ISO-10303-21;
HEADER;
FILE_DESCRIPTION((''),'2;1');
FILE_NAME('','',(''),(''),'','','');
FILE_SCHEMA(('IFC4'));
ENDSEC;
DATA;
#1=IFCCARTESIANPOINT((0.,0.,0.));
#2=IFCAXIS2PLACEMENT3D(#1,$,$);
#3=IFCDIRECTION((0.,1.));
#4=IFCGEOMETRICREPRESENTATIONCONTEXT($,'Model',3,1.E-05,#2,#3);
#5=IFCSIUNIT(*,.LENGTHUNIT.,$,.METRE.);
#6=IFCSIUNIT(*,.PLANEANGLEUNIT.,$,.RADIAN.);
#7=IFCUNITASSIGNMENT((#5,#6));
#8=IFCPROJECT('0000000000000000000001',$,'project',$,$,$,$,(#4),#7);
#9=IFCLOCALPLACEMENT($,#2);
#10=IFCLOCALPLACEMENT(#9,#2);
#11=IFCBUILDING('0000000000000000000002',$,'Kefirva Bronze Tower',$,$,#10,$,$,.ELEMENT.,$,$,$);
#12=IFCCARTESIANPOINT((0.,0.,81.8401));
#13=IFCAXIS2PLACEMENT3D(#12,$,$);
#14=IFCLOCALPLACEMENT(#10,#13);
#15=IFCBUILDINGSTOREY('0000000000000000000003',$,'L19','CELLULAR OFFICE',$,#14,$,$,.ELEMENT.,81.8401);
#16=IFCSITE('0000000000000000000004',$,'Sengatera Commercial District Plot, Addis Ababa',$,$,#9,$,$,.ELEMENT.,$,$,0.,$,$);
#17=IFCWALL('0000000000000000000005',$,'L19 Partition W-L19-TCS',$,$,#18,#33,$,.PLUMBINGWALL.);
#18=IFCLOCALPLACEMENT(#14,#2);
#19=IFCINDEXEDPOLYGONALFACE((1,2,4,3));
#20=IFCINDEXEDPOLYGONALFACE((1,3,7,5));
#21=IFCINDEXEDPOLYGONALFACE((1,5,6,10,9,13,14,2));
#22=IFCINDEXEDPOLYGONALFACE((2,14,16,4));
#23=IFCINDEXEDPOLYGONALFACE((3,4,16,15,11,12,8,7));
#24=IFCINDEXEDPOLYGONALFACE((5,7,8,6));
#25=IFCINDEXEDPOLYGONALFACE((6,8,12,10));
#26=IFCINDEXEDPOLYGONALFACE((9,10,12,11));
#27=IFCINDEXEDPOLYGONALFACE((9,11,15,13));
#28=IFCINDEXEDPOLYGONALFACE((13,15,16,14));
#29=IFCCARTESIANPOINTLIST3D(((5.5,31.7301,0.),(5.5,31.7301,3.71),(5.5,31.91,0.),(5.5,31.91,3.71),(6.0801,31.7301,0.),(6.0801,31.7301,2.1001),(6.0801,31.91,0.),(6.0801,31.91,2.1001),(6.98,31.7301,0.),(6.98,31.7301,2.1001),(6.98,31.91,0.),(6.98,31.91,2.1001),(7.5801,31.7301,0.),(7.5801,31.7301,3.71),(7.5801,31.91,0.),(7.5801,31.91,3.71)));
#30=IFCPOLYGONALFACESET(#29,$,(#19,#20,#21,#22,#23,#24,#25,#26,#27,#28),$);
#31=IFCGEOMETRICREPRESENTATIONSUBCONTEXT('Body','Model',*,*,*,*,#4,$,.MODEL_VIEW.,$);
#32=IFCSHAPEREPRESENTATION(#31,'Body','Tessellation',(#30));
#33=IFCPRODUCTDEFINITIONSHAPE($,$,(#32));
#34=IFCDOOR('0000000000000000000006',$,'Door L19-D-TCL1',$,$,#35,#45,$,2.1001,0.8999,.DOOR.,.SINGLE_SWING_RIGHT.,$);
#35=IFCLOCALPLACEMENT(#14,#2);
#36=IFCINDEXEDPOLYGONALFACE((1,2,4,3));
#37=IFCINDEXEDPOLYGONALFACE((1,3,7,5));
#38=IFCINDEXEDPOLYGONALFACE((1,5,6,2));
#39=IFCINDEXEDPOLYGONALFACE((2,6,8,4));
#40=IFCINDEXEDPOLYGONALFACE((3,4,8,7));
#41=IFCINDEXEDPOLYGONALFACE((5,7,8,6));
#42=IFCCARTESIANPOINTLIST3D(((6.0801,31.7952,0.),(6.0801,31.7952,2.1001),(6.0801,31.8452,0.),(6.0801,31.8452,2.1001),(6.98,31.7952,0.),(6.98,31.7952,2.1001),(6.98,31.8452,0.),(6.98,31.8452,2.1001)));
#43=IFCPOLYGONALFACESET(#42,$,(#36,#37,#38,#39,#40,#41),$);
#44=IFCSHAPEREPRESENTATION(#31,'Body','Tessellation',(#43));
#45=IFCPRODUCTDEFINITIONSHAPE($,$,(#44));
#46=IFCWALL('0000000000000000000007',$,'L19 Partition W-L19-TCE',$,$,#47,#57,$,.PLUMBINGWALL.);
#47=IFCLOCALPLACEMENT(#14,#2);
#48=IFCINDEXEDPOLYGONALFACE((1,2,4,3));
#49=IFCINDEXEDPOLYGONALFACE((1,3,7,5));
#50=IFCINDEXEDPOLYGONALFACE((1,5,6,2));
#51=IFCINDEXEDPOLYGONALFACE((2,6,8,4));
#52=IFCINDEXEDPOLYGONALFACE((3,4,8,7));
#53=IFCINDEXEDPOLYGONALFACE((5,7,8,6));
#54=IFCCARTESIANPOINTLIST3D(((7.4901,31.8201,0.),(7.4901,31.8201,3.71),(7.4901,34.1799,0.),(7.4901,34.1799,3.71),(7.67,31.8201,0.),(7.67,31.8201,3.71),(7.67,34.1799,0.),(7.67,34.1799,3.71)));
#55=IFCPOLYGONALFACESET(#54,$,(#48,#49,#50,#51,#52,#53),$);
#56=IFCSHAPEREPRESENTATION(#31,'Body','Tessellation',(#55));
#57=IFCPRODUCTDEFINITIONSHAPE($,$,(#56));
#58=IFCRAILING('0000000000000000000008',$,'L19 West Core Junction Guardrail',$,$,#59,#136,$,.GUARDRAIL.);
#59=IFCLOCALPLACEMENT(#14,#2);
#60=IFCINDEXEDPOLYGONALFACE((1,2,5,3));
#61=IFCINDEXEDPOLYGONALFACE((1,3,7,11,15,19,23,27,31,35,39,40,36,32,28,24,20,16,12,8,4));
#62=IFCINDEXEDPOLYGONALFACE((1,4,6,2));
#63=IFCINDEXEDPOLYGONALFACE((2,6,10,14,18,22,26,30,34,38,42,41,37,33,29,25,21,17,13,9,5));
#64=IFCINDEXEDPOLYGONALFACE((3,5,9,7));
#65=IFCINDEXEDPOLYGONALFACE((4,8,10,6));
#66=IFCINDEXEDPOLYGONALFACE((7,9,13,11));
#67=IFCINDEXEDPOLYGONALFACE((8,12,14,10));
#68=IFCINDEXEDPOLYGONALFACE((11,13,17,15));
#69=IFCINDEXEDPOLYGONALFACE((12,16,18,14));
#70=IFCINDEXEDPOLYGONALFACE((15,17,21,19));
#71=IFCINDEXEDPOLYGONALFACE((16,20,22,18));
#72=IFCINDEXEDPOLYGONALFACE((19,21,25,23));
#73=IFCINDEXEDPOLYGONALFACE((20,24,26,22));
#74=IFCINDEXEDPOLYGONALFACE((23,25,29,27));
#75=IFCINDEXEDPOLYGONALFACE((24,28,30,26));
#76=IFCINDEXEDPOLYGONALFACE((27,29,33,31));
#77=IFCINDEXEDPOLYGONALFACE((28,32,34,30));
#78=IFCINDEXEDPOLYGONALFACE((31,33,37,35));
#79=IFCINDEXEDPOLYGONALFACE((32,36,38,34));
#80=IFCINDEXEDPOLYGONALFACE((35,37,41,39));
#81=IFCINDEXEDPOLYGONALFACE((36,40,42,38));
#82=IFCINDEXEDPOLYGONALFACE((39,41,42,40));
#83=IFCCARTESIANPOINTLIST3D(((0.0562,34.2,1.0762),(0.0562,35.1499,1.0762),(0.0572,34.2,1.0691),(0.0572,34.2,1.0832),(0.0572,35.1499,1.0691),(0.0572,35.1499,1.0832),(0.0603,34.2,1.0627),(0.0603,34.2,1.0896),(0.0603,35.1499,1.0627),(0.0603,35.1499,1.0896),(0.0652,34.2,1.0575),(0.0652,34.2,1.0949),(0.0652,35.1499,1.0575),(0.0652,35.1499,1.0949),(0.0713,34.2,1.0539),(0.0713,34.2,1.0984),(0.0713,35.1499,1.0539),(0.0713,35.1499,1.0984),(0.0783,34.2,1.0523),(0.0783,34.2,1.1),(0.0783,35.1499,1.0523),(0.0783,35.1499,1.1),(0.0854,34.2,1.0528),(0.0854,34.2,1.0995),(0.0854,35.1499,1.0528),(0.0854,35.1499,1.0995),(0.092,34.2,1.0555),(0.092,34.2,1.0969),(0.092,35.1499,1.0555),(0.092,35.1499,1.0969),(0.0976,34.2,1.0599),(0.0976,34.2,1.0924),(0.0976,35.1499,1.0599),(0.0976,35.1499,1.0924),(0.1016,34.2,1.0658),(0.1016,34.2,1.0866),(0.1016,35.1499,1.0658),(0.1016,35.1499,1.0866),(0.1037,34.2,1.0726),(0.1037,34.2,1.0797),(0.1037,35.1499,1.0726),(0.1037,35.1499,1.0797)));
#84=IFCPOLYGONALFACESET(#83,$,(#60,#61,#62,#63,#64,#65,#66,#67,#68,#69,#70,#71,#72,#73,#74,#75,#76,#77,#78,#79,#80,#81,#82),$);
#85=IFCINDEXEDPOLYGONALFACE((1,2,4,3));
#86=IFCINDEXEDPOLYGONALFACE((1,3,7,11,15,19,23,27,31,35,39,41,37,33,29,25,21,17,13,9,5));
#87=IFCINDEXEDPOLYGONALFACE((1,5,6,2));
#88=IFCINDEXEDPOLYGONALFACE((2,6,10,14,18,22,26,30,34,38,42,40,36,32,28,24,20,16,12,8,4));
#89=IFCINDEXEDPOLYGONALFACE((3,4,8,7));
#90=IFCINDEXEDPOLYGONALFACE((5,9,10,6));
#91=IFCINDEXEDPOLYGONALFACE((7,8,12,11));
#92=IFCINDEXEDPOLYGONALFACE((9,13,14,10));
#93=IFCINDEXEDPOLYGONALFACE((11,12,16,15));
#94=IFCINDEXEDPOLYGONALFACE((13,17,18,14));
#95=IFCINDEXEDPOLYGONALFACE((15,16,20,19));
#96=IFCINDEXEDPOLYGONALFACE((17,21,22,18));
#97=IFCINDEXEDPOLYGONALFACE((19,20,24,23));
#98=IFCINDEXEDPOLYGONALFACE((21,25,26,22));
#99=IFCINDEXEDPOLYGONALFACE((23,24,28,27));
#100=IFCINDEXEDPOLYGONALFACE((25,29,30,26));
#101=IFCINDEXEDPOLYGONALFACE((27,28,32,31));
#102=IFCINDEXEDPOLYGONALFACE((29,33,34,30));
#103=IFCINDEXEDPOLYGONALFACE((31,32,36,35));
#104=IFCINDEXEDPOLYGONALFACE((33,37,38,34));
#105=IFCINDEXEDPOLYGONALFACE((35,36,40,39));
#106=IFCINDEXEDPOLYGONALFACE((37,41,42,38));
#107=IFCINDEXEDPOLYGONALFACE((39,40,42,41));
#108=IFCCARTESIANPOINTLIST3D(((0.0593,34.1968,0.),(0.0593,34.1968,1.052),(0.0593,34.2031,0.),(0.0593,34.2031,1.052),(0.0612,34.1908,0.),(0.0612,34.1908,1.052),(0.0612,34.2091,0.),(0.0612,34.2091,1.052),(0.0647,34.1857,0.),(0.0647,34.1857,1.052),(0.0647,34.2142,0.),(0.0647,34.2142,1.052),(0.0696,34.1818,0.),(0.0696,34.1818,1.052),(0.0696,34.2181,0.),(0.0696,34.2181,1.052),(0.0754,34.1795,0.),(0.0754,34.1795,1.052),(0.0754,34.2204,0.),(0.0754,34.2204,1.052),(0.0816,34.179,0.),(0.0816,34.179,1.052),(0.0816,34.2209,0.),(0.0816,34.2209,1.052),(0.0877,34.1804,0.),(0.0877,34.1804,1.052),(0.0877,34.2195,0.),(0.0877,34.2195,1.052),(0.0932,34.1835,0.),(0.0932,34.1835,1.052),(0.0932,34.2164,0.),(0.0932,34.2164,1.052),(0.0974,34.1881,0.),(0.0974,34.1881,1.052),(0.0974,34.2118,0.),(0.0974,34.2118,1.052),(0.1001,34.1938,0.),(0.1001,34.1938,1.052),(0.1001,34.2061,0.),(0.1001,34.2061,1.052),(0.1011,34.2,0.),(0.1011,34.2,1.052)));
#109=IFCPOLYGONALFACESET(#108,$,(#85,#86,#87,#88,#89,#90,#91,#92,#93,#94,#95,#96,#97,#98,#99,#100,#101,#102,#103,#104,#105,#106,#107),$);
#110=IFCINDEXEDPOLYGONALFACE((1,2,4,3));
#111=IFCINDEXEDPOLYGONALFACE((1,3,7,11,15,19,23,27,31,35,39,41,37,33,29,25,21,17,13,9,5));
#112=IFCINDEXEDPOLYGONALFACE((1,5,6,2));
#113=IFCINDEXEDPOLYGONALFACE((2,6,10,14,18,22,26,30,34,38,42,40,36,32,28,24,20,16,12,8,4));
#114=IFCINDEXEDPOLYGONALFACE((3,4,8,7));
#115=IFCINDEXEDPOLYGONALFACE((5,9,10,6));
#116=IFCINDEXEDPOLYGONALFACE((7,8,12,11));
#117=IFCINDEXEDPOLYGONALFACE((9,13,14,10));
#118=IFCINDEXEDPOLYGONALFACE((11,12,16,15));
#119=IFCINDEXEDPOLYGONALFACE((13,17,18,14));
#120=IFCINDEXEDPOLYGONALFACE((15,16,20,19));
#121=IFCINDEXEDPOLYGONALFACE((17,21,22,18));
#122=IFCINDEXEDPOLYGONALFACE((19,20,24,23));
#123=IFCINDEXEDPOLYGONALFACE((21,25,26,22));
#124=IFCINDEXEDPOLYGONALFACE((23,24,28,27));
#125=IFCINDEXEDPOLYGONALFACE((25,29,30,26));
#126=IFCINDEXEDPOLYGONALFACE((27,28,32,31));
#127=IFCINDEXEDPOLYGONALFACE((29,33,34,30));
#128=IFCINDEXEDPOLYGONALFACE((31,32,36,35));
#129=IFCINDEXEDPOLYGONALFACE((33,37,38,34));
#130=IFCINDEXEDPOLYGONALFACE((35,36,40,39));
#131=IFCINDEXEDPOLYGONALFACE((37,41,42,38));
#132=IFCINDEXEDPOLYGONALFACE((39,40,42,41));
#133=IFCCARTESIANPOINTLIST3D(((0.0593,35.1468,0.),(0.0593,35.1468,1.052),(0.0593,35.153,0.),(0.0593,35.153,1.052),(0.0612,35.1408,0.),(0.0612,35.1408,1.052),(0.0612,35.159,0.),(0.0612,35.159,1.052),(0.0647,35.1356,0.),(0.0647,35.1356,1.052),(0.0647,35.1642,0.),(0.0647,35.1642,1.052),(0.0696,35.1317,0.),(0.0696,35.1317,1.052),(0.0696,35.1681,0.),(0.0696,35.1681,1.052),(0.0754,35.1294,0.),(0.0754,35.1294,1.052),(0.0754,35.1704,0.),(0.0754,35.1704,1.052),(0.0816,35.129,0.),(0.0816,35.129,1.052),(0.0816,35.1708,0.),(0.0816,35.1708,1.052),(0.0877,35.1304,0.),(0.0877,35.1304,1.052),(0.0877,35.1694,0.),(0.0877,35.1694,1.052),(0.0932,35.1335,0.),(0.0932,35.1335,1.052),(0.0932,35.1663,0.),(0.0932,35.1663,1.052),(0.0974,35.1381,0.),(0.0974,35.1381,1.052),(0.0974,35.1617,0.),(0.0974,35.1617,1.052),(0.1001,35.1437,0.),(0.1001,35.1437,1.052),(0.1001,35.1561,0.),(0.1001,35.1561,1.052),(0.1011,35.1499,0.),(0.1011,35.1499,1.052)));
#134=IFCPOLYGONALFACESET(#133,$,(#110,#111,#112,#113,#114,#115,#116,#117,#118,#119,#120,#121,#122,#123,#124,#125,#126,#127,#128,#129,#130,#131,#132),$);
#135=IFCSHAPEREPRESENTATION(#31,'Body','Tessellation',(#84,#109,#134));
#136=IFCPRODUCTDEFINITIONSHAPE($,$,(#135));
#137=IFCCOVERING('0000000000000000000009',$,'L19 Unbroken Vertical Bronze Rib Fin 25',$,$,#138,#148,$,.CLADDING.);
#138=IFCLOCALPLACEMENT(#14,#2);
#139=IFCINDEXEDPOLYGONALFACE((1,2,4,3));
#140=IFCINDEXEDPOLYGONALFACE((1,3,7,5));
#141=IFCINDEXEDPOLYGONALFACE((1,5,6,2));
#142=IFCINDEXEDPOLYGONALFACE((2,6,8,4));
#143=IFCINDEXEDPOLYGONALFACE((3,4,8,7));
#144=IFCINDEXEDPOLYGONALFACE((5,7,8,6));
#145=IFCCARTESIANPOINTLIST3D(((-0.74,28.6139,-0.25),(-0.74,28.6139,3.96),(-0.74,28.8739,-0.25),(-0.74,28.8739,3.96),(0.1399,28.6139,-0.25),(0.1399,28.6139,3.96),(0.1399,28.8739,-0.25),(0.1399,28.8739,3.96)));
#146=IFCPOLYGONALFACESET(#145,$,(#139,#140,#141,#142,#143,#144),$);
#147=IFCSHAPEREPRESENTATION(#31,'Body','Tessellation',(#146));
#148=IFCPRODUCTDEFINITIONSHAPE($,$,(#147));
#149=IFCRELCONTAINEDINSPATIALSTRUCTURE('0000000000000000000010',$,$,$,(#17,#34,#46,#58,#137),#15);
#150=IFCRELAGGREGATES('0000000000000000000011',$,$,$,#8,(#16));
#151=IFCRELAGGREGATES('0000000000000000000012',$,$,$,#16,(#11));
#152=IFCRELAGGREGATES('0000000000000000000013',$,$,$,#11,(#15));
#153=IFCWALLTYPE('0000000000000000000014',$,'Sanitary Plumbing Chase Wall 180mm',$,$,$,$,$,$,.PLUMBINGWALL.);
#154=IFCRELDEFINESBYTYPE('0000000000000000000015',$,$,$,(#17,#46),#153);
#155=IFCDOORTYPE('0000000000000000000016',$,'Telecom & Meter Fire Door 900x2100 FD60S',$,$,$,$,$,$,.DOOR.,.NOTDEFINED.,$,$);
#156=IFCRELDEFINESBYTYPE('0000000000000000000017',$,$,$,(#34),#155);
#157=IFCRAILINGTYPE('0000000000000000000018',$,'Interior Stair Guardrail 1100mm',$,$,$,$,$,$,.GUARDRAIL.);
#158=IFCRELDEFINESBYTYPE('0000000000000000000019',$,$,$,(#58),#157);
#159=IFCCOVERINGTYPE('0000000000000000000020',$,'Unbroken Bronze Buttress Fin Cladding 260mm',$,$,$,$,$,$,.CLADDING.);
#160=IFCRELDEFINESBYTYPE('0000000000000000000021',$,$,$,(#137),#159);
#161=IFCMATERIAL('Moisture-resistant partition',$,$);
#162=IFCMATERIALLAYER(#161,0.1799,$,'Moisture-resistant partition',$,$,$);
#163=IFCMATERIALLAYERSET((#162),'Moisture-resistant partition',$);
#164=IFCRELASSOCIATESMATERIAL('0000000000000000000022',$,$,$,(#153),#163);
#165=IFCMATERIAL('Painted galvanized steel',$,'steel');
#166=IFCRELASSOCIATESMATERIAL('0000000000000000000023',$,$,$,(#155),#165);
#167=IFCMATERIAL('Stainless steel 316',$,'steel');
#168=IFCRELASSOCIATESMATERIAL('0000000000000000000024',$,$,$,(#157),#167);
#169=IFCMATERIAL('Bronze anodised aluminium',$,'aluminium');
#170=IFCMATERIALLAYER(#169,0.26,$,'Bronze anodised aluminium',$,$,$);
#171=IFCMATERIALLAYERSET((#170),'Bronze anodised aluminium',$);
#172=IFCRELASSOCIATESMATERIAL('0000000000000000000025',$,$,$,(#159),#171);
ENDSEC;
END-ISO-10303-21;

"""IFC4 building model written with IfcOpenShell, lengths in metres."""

from ifc_helpers import new_model, si_unit, direction, frame, frame_2d, origin, origin_2d, place, context, subcontext, project, spatial, rectangle, circle, extrude, material, layer, layer_set, type_object, element, fill, save


model = new_model("IFC4")

# Units and contexts
model_context = context("Model", 3, precision=1e-05, world=origin(), true_north=direction((0.0, 1.0)))
body_context = subcontext(model_context, "Body", "Model", "MODEL_VIEW")
ifc_project = project(units=[si_unit("LENGTHUNIT", "METRE"), si_unit("PLANEANGLEUNIT", "RADIAN")], contexts=[model_context])

# Site, building, storey
site_placement = place(None, origin())
site = spatial("IfcSite", under=ifc_project, at=site_placement, Name="Sengatera Commercial District Plot, Addis Ababa", CompositionType="ELEMENT", RefElevation=0.0)
building_placement = place(site_placement, origin())
building = spatial("IfcBuilding", under=site, at=building_placement, Name="Kefirva Bronze Tower", CompositionType="ELEMENT")
storey_placement = place(building_placement, frame((0.0, 0.0, 81.8401)))
storey = spatial("IfcBuildingStorey", under=building, at=storey_placement, Name="L19", Description="CELLULAR OFFICE", CompositionType="ELEMENT", Elevation=81.8401)

# Shared definitions
ifc_material_1 = material(Name="Bronze anodised aluminium", Category="aluminium")

# Wall, opening, door
ifc_material_2 = material(Name="Painted galvanized steel", Category="steel")
ifc_material_3 = material(Name="Moisture-resistant partition")
ifc_layer_1 = layer(ifc_material_3, 0.1799, Name="Moisture-resistant partition")
ifc_layer_set_1 = layer_set([ifc_layer_1], Name="Moisture-resistant partition")
wall_type_1 = type_object("IfcWallType", Name="Sanitary Plumbing Chase Wall 180mm", PredefinedType="PLUMBINGWALL", material=ifc_layer_set_1)
wall_1_placement = place(storey_placement, frame((5.5, 31.8201, 0.0), z_axis=(0.0, 0.0, 1.0), x_axis=(1.0, 0.0, 0.0)))
wall_1 = element("IfcWall", 1, at=wall_1_placement, inside=storey, type_object=wall_type_1, Name="L19 Partition W-L19-TCS", PredefinedType="PLUMBINGWALL", context=body_context, shape_type="SweptSolid", body=[
    extrude(rectangle(XDim=2.0801, YDim=0.1799, at=frame_2d((1.04, 0.0))), origin(), (0.0, 0.0, 1.0), 3.71),
])
opening_1_placement = place(wall_1_placement, frame((1.48, 0.0, 0.0), z_axis=(0.0, 0.0, 1.0), x_axis=(-1.0, 0.0, 0.0)))
opening_1 = element("IfcOpeningElement", 2, at=opening_1_placement, cuts=wall_1, PredefinedType="OPENING", context=body_context, shape_type="SweptSolid", body=[
    extrude(rectangle(XDim=0.8999, YDim=2.1001, at=frame_2d((0.45, 1.05))), frame((0.0, 0.1001, 0.0), z_axis=(0.0, -1.0, 0.0), x_axis=(1.0, 0.0, 0.0)), (0.0, 0.0, 1.0), 0.2),
])
door_type_1 = type_object("IfcDoorType", Name="Telecom & Meter Fire Door 900x2100 FD60S", OperationType="NOTDEFINED", PredefinedType="DOOR", material=ifc_material_2)
door_1_placement = place(opening_1_placement, origin())
door_1 = element("IfcDoor", 3, at=door_1_placement, inside=storey, type_object=door_type_1, Name="Door L19-D-TCL1", OperationType="SINGLE_SWING_RIGHT", OverallHeight=2.1001, OverallWidth=0.8999, PredefinedType="DOOR", context=body_context, shape_type="SweptSolid", body=[
    extrude(rectangle(XDim=0.8999, YDim=2.1001, at=frame_2d((0.45, 1.05))), frame((0.0, 0.0249, 0.0), z_axis=(0.0, -1.0, 0.0), x_axis=(1.0, 0.0, 0.0)), (0.0, 0.0, 1.0), 0.05),
])
fill(opening_1, door_1)

# Wall
wall_2_placement = place(storey_placement, frame((7.5801, 31.8201, 0.0), z_axis=(0.0, 0.0, 1.0), x_axis=(0.0, 1.0, 0.0)))
element("IfcWall", 4, at=wall_2_placement, inside=storey, type_object=wall_type_1, Name="L19 Partition W-L19-TCE", PredefinedType="PLUMBINGWALL", context=body_context, shape_type="SweptSolid", body=[
    extrude(rectangle(XDim=2.3599, YDim=0.1799, at=frame_2d((1.1799, 0.0))), origin(), (0.0, 0.0, 1.0), 3.71),
])

# Railing
ifc_material_4 = material(Name="Stainless steel 316", Category="steel")
railing_type = type_object("IfcRailingType", Name="Interior Stair Guardrail 1100mm", PredefinedType="GUARDRAIL", material=ifc_material_4)
railing_placement = place(storey_placement, frame((0.0801, 34.2, 0.0)))
element("IfcRailing", 5, at=railing_placement, inside=storey, type_object=railing_type, Name="L19 West Core Junction Guardrail", PredefinedType="GUARDRAIL", context=body_context, shape_type="SweptSolid", body=[
    extrude(circle(Radius=0.0239, at=origin_2d()), frame((0.0, 0.0, 1.0762), z_axis=(0.0, 1.0, 0.0), x_axis=(-1.0, 0.0, 0.0)), (0.0, 0.0, 1.0), 0.95),
    extrude(circle(Radius=0.021, at=origin_2d()), origin(), (0.0, 0.0, 1.0), 1.052),
    extrude(circle(Radius=0.021, at=origin_2d()), frame((0.0, 0.95, 0.0)), (0.0, 0.0, 1.0), 1.052),
])

# Covering
ifc_layer_2 = layer(ifc_material_1, 0.26, Name="Bronze anodised aluminium")
ifc_layer_set_2 = layer_set([ifc_layer_2], Name="Bronze anodised aluminium")
covering_type = type_object("IfcCoveringType", Name="Unbroken Bronze Buttress Fin Cladding 260mm", PredefinedType="CLADDING", material=ifc_layer_set_2)
covering_placement = place(storey_placement, frame((-0.3, 28.7439, -0.25), z_axis=(0.0, 0.0, 1.0), x_axis=(0.0, -1.0, 0.0)))
element("IfcCovering", 6, at=covering_placement, inside=storey, type_object=covering_type, Name="L19 Unbroken Vertical Bronze Rib Fin 25", PredefinedType="CLADDING", context=body_context, shape_type="SweptSolid", body=[
    extrude(rectangle(XDim=0.26, YDim=0.8799, at=origin_2d()), origin(), (0.0, 0.0, 1.0), 4.21),
])

save(model, "model.ifc")
